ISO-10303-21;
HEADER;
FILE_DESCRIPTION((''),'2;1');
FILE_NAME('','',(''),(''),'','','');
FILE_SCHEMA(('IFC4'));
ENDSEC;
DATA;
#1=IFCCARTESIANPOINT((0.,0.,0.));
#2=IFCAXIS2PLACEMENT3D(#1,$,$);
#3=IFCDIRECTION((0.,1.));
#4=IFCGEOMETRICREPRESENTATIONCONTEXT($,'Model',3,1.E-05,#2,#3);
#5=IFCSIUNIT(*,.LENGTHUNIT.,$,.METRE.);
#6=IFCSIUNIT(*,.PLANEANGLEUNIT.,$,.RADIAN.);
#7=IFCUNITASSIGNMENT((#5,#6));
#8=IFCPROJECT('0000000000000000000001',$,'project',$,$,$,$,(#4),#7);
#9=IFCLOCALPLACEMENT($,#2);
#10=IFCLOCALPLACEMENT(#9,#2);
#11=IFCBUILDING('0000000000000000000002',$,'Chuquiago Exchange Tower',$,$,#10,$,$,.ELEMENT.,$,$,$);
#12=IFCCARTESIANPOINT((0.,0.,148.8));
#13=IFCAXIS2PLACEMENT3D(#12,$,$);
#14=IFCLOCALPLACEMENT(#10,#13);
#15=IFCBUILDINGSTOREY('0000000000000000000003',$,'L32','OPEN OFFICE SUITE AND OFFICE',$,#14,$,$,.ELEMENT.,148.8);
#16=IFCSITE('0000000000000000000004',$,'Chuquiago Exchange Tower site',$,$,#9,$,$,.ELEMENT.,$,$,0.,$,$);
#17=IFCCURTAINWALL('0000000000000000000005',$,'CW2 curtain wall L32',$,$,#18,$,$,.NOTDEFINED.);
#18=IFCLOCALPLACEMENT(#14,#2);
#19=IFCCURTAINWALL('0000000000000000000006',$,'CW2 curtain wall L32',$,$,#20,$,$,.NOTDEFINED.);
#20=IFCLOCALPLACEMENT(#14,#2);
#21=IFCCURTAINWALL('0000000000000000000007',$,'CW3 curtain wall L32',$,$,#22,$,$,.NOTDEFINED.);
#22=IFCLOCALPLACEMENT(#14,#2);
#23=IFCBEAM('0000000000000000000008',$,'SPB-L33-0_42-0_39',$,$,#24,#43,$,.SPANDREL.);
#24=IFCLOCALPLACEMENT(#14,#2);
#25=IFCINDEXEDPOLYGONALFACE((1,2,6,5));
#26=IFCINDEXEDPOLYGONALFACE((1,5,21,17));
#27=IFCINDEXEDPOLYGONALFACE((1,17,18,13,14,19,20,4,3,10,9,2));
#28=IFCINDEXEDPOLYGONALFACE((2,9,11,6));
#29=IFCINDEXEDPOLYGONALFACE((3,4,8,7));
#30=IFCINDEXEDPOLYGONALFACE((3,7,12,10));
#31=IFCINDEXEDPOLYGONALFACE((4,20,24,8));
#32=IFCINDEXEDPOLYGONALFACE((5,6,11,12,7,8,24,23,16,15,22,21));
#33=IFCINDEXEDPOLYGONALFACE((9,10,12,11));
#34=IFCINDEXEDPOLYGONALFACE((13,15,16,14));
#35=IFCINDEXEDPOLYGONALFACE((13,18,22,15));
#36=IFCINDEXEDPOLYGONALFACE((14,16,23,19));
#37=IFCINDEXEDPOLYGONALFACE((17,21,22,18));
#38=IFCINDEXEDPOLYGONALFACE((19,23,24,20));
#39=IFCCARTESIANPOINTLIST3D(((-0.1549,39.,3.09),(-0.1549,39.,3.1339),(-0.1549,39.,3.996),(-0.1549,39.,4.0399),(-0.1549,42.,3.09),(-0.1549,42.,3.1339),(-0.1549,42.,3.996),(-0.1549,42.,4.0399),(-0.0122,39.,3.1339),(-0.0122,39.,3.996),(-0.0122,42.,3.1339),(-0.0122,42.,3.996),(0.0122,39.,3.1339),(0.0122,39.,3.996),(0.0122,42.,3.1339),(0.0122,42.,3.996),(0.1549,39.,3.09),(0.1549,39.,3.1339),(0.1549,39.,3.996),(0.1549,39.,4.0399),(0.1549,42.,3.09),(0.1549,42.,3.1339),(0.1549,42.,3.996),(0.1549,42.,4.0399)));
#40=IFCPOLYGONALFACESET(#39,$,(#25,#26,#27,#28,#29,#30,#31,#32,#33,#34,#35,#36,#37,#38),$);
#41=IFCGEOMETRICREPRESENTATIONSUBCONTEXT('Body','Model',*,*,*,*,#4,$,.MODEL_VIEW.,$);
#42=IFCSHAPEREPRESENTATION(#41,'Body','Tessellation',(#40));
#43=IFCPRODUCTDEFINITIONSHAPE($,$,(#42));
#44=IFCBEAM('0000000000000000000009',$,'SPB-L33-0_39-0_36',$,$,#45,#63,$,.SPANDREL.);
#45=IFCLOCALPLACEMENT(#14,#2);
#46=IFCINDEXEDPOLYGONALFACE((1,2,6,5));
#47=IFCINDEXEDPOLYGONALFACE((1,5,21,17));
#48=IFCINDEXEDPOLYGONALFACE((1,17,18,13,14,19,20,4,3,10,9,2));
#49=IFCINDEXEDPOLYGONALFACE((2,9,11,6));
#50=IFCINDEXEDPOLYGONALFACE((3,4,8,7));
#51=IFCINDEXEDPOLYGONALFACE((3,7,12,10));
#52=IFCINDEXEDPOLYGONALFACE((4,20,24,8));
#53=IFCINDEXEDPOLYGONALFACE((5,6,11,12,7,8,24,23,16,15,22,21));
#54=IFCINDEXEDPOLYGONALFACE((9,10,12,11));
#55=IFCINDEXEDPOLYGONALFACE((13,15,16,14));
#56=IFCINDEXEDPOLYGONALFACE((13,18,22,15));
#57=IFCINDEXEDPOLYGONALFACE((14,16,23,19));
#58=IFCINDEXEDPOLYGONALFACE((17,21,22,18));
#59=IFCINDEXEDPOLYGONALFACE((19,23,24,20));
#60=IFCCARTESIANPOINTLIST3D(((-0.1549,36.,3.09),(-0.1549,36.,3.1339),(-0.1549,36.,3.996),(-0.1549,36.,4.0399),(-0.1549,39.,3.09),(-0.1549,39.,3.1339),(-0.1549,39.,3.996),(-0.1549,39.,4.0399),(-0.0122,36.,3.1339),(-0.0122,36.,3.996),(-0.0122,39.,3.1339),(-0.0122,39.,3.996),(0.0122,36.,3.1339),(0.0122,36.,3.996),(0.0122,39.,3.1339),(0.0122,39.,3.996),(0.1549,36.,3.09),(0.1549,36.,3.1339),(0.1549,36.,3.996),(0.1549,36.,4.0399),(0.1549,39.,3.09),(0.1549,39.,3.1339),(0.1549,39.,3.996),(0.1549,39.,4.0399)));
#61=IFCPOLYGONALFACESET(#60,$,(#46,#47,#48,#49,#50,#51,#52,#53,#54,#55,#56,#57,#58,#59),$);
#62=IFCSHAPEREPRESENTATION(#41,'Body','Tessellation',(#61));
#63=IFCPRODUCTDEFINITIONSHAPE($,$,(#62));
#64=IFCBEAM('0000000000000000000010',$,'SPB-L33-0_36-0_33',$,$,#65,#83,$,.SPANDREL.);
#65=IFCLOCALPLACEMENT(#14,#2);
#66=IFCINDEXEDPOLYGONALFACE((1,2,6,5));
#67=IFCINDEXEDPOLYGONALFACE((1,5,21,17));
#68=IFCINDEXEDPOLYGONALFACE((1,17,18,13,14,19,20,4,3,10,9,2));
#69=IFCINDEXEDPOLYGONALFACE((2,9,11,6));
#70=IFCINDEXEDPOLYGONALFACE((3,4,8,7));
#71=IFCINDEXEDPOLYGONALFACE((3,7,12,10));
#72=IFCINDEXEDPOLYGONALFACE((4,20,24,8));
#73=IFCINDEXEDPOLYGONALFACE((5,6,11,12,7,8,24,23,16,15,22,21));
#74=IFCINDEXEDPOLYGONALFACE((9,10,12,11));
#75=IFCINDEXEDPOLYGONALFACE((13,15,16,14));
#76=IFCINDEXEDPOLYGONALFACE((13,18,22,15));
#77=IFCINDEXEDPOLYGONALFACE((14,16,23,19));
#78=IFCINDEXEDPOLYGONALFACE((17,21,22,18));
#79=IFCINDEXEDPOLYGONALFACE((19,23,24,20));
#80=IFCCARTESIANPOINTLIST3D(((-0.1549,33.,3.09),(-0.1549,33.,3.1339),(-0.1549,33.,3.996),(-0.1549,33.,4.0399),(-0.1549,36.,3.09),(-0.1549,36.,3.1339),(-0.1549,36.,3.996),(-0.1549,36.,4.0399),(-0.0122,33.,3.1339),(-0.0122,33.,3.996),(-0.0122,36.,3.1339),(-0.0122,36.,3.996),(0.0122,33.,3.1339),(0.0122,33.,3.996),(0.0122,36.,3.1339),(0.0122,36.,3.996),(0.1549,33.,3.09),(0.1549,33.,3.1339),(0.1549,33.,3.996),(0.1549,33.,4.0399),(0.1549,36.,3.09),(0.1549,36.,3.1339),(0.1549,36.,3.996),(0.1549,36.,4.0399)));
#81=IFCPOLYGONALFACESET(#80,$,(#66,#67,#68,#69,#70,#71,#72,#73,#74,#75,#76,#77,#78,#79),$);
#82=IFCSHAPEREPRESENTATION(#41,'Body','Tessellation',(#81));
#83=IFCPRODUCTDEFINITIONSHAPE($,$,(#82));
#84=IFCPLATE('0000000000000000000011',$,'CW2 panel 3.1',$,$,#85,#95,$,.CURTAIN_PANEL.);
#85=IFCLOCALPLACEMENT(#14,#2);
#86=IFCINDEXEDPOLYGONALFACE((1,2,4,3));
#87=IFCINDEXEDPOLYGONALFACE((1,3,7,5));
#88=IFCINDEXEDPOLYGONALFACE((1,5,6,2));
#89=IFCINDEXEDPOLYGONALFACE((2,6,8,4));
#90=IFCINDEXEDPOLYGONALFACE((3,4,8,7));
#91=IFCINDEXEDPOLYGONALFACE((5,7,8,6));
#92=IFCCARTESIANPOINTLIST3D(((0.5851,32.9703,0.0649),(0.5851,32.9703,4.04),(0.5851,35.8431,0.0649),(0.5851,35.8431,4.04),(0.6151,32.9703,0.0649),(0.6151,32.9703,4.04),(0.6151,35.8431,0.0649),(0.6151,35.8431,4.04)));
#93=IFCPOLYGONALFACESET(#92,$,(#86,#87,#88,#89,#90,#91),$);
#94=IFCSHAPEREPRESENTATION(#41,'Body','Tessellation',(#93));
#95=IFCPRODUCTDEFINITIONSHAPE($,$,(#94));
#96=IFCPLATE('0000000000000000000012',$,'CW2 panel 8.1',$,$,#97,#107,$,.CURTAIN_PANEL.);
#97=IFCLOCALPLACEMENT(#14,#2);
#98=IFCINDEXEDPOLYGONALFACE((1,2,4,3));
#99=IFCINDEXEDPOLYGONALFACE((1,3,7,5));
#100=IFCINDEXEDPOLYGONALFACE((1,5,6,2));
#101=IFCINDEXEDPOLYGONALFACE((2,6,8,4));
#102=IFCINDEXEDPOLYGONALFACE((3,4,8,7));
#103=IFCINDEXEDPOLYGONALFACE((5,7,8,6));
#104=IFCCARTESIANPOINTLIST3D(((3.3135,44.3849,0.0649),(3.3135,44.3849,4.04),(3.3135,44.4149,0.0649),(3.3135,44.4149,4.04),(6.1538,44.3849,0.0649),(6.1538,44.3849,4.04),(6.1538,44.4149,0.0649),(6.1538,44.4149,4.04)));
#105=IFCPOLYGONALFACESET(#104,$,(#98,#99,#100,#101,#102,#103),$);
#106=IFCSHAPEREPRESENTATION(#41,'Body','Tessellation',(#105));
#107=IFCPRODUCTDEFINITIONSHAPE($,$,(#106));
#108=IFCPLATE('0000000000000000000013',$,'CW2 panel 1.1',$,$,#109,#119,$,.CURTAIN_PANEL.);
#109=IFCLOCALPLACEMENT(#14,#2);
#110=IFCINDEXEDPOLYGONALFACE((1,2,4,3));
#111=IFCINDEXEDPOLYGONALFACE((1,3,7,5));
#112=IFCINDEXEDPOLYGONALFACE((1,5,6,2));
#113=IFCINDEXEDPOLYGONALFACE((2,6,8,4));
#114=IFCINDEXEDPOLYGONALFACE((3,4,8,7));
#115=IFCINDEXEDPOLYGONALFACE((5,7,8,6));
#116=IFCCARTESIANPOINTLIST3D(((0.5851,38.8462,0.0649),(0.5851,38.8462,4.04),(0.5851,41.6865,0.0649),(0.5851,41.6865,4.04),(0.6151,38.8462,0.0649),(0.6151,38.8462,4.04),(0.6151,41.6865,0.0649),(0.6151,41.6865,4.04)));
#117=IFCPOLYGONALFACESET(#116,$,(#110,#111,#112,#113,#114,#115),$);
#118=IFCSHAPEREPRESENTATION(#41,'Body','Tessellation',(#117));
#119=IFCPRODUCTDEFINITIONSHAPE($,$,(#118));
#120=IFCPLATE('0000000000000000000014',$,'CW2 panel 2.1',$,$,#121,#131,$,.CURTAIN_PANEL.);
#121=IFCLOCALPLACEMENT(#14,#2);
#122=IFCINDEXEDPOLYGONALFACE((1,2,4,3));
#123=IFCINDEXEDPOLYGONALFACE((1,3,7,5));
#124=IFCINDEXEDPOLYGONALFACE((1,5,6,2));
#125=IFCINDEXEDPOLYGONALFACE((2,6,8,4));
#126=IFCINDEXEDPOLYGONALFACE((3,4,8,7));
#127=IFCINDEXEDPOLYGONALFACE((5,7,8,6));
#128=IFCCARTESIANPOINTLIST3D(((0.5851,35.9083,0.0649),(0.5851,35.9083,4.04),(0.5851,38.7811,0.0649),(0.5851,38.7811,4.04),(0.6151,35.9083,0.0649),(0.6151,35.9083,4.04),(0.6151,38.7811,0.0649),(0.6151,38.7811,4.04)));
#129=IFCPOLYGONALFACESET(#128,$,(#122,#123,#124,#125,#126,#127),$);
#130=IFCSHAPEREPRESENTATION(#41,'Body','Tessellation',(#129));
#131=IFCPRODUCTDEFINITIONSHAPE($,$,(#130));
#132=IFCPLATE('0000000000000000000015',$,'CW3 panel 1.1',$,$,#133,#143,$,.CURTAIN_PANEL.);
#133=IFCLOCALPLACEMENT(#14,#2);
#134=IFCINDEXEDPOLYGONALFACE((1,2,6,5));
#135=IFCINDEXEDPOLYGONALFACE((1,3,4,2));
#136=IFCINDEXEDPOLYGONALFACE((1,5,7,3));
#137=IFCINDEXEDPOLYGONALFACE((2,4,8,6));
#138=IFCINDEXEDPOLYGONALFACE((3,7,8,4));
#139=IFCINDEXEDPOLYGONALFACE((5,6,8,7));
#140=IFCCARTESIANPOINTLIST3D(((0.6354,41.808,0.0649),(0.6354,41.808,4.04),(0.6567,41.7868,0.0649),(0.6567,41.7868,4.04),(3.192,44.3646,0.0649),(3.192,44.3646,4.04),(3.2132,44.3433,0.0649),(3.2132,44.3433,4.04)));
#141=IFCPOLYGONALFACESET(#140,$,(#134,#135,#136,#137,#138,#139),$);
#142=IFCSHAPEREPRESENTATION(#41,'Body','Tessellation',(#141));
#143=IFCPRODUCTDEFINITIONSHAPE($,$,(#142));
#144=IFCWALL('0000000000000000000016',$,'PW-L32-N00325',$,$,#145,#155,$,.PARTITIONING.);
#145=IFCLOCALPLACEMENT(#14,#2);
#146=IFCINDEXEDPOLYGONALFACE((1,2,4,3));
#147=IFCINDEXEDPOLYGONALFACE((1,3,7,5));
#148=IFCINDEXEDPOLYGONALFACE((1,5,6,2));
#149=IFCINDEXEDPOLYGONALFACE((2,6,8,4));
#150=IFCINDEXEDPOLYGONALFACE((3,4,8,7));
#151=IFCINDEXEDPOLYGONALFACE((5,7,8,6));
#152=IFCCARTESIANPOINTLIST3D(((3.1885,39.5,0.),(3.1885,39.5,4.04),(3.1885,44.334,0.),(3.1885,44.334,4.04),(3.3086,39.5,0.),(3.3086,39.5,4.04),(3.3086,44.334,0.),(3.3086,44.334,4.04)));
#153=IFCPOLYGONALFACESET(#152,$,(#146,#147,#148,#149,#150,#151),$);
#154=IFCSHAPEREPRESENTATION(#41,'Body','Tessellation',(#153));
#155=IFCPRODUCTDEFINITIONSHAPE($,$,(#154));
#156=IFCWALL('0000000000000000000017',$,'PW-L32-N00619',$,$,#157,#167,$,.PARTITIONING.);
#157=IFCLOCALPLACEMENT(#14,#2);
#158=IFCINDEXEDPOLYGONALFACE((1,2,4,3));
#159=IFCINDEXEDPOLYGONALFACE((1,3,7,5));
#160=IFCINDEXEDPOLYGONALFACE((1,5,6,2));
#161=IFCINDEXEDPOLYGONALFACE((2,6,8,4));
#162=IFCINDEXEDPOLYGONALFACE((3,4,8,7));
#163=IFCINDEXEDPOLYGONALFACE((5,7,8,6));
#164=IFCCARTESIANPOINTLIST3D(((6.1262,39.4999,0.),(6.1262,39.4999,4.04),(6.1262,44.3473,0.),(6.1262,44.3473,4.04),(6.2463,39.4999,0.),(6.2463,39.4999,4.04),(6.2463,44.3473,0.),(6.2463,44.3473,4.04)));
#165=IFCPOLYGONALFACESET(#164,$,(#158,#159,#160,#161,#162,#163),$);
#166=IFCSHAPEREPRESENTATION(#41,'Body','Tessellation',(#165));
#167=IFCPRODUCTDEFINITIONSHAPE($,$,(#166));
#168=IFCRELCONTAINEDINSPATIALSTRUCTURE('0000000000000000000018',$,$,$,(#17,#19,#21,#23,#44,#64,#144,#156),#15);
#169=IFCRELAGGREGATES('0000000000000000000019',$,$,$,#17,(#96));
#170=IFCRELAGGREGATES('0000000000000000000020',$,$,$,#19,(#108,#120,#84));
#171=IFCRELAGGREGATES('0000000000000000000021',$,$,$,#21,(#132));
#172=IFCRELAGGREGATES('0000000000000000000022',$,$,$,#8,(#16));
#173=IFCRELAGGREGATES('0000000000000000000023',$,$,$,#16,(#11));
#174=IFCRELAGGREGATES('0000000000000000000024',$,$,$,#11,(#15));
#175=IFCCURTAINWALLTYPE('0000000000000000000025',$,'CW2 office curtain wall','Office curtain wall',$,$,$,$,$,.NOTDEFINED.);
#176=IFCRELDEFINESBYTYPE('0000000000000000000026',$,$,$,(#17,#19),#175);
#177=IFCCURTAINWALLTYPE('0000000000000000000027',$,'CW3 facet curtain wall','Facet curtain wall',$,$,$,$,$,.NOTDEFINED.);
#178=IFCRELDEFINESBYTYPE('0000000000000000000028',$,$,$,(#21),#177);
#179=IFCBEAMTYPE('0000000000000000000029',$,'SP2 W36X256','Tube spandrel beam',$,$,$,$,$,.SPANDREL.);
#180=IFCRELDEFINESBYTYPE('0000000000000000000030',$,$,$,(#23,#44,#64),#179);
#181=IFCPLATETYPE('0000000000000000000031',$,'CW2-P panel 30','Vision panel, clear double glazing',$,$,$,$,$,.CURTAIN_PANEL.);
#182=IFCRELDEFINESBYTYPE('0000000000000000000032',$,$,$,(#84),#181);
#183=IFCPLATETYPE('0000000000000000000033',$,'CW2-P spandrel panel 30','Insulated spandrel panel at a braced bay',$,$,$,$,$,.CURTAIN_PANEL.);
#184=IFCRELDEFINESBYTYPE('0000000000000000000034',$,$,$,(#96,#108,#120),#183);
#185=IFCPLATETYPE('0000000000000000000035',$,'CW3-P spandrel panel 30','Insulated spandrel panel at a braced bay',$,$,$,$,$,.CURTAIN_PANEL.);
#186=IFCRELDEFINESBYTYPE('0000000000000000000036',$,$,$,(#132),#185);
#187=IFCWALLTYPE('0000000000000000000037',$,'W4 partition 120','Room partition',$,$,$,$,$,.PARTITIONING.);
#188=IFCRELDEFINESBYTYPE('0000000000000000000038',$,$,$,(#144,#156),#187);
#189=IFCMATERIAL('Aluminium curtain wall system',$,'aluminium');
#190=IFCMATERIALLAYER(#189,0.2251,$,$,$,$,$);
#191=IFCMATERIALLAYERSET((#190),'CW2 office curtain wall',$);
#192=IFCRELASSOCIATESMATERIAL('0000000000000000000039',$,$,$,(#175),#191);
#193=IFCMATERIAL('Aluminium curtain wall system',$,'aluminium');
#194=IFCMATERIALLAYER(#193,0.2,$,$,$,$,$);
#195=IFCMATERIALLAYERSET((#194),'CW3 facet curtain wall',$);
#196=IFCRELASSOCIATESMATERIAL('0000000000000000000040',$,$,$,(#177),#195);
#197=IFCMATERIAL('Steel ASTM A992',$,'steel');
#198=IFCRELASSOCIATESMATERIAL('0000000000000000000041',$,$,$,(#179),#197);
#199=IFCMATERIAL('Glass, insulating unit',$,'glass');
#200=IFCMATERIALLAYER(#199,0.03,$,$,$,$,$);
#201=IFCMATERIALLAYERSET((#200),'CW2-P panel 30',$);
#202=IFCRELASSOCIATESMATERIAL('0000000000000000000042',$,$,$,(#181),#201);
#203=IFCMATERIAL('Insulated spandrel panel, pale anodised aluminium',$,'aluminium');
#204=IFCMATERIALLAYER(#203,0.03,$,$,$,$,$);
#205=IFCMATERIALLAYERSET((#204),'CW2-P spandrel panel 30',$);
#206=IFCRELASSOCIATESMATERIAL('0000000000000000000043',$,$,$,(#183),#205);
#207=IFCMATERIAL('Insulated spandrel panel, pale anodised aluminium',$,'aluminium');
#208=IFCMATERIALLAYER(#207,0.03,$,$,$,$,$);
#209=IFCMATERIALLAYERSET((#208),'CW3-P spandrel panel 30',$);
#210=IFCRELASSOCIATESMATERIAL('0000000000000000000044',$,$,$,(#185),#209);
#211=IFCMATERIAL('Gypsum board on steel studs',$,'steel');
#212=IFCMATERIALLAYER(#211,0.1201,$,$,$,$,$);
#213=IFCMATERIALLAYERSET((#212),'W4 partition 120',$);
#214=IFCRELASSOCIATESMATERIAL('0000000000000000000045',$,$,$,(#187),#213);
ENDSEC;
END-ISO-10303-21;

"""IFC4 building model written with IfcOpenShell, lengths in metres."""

from ifc_helpers import new_model, si_unit, direction, frame, frame_2d, origin, origin_2d, place, context, subcontext, project, spatial, rectangle, i_section, extrude, material, layer, layer_set, material_profile, profile_set, type_object, element, aggregate, save


model = new_model("IFC4")

# Units and contexts
model_context = context("Model", 3, precision=1e-05, world=origin(), true_north=direction((0.0, 1.0)))
body_context = subcontext(model_context, "Body", "Model", "MODEL_VIEW")
ifc_project = project(units=[si_unit("LENGTHUNIT", "METRE"), si_unit("PLANEANGLEUNIT", "RADIAN")], contexts=[model_context])

# Site, building, storey
site_placement = place(None, origin())
site = spatial("IfcSite", under=ifc_project, at=site_placement, Name="Chuquiago Exchange Tower site", CompositionType="ELEMENT", RefElevation=0.0)
building_placement = place(site_placement, origin())
building = spatial("IfcBuilding", under=site, at=building_placement, Name="Chuquiago Exchange Tower", CompositionType="ELEMENT")
storey_placement = place(building_placement, frame((0.0, 0.0, 148.8)))
storey = spatial("IfcBuildingStorey", under=building, at=storey_placement, Name="L32", Description="OPEN OFFICE SUITE AND OFFICE", CompositionType="ELEMENT", Elevation=148.8)

# Curtain walls
ifc_material_1 = material(Name="Aluminium curtain wall system", Category="aluminium")
ifc_layer_1 = layer(ifc_material_1, 0.2251)
ifc_layer_set_1 = layer_set([ifc_layer_1], Name="CW2 office curtain wall")
curtain_wall_type_1 = type_object("IfcCurtainWallType", Name="CW2 office curtain wall", Description="Office curtain wall", PredefinedType="NOTDEFINED", material=ifc_layer_set_1)
curtain_wall_1_placement = place(storey_placement, origin())
curtain_wall_1 = element("IfcCurtainWall", 1, at=curtain_wall_1_placement, inside=storey, type_object=curtain_wall_type_1, Name="CW2 curtain wall L32", PredefinedType="NOTDEFINED")
curtain_wall_2_placement = place(storey_placement, origin())
curtain_wall_2 = element("IfcCurtainWall", 2, at=curtain_wall_2_placement, inside=storey, type_object=curtain_wall_type_1, Name="CW2 curtain wall L32", PredefinedType="NOTDEFINED")

# Curtain wall
ifc_material_2 = material(Name="Aluminium curtain wall system", Category="aluminium")
ifc_layer_2 = layer(ifc_material_2, 0.2)
ifc_layer_set_2 = layer_set([ifc_layer_2], Name="CW3 facet curtain wall")
curtain_wall_type_2 = type_object("IfcCurtainWallType", Name="CW3 facet curtain wall", Description="Facet curtain wall", PredefinedType="NOTDEFINED", material=ifc_layer_set_2)
curtain_wall_3_placement = place(storey_placement, origin())
curtain_wall_3 = element("IfcCurtainWall", 3, at=curtain_wall_3_placement, inside=storey, type_object=curtain_wall_type_2, Name="CW3 curtain wall L32", PredefinedType="NOTDEFINED")

# Beams
ifc_material_3 = material(Name="Steel ASTM A992", Category="steel")
ifc_material_profile_1 = material_profile(ifc_material_3, i_section(OverallWidth=0.3098, OverallDepth=0.95, WebThickness=0.0244, FlangeThickness=0.0439, at=origin_2d()), Name="W36X256")
ifc_profile_set_1 = profile_set([ifc_material_profile_1], Name="Steel ASTM A992")
beam_type = type_object("IfcBeamType", Name="SP2 W36X256", Description="Tube spandrel beam", PredefinedType="SPANDREL", material=ifc_profile_set_1)
for number, where, z_axis, x_axis, name in (
    (4, (0.0, 42.0, 3.5649), (0.0, -1.0, 0.0), (1.0, 0.0, 0.0), "SPB-L33-0_42-0_39"),
    (5, (0.0, 39.0, 3.5649), (0.0, -1.0, 0.0), (1.0, 0.0, 0.0), "SPB-L33-0_39-0_36"),
    (6, (0.0, 36.0, 3.5649), (0.0, -1.0, 0.0), (1.0, 0.0, 0.0), "SPB-L33-0_36-0_33"),
):
    element("IfcBeam", number, at=place(storey_placement, frame(where, z_axis=z_axis, x_axis=x_axis)), inside=storey, type_object=beam_type, Name=name, PredefinedType="SPANDREL", context=body_context, shape_type="SweptSolid", body=[
        extrude(i_section(OverallWidth=0.3098, OverallDepth=0.95, WebThickness=0.0244, FlangeThickness=0.0439, at=origin_2d()), origin(), (0.0, 0.0, 1.0), 3.0),
    ])

# Plates
ifc_material_4 = material(Name="Glass, insulating unit", Category="glass")
ifc_layer_3 = layer(ifc_material_4, 0.03)
ifc_layer_set_3 = layer_set([ifc_layer_3], Name="CW2-P panel 30")
plate_type_1 = type_object("IfcPlateType", Name="CW2-P panel 30", Description="Vision panel, clear double glazing", PredefinedType="CURTAIN_PANEL", material=ifc_layer_set_3)
plate_1_placement = place(storey_placement, frame((0.6001, 34.4067, 0.0649), z_axis=(0.0, 0.0, 1.0), x_axis=(0.0, -1.0, 0.0)))
plate_1 = element("IfcPlate", 7, at=plate_1_placement, type_object=plate_type_1, Name="CW2 panel 3.1", PredefinedType="CURTAIN_PANEL", context=body_context, shape_type="SweptSolid", body=[
    extrude(rectangle(XDim=2.8728, YDim=0.03, at=origin_2d()), origin(), (0.0, 0.0, 1.0), 3.9751),
])
ifc_material_5 = material(Name="Insulated spandrel panel, pale anodised aluminium", Category="aluminium")
ifc_layer_4 = layer(ifc_material_5, 0.03)
ifc_layer_set_4 = layer_set([ifc_layer_4], Name="CW2-P spandrel panel 30")
plate_type_2 = type_object("IfcPlateType", Name="CW2-P spandrel panel 30", Description="Insulated spandrel panel at a braced bay", PredefinedType="CURTAIN_PANEL", material=ifc_layer_set_4)
plate_2_placement = place(storey_placement, frame((4.7336, 44.3999, 0.0649), z_axis=(0.0, 0.0, 1.0), x_axis=(-1.0, 0.0, 0.0)))
plate_2 = element("IfcPlate", 8, at=plate_2_placement, type_object=plate_type_2, Name="CW2 panel 8.1", PredefinedType="CURTAIN_PANEL", context=body_context, shape_type="SweptSolid", body=[
    extrude(rectangle(XDim=2.8403, YDim=0.03, at=origin_2d()), origin(), (0.0, 0.0, 1.0), 3.9751),
])
aggregate(curtain_wall_1, [plate_2])
plate_3_placement = place(storey_placement, frame((0.6001, 40.2664, 0.0649), z_axis=(0.0, 0.0, 1.0), x_axis=(0.0, -1.0, 0.0)))
plate_3 = element("IfcPlate", 9, at=plate_3_placement, type_object=plate_type_2, Name="CW2 panel 1.1", PredefinedType="CURTAIN_PANEL", context=body_context, shape_type="SweptSolid", body=[
    extrude(rectangle(XDim=2.8403, YDim=0.03, at=origin_2d()), origin(), (0.0, 0.0, 1.0), 3.9751),
])
plate_4_placement = place(storey_placement, frame((0.6001, 37.3447, 0.0649), z_axis=(0.0, 0.0, 1.0), x_axis=(0.0, -1.0, 0.0)))
plate_4 = element("IfcPlate", 10, at=plate_4_placement, type_object=plate_type_2, Name="CW2 panel 2.1", PredefinedType="CURTAIN_PANEL", context=body_context, shape_type="SweptSolid", body=[
    extrude(rectangle(XDim=2.8728, YDim=0.03, at=origin_2d()), origin(), (0.0, 0.0, 1.0), 3.9751),
])
aggregate(curtain_wall_2, [plate_3, plate_4, plate_1])
ifc_material_6 = material(Name="Insulated spandrel panel, pale anodised aluminium", Category="aluminium")
ifc_layer_5 = layer(ifc_material_6, 0.03)
ifc_layer_set_5 = layer_set([ifc_layer_5], Name="CW3-P spandrel panel 30")
plate_type_3 = type_object("IfcPlateType", Name="CW3-P spandrel panel 30", Description="Insulated spandrel panel at a braced bay", PredefinedType="CURTAIN_PANEL", material=ifc_layer_set_5)
plate_5_placement = place(storey_placement, frame((1.9243, 43.0757, 0.0649), z_axis=(0.0, 0.0, 1.0), x_axis=(-0.707107, -0.707107, 0.0)))
plate_5 = element("IfcPlate", 11, at=plate_5_placement, type_object=plate_type_3, Name="CW3 panel 1.1", PredefinedType="CURTAIN_PANEL", context=body_context, shape_type="SweptSolid", body=[
    extrude(rectangle(XDim=3.6155, YDim=0.03, at=origin_2d()), origin(), (0.0, 0.0, 1.0), 3.9751),
])
aggregate(curtain_wall_3, [plate_5])

# Walls
ifc_material_7 = material(Name="Gypsum board on steel studs", Category="steel")
ifc_layer_6 = layer(ifc_material_7, 0.1201)
ifc_layer_set_6 = layer_set([ifc_layer_6], Name="W4 partition 120")
wall_type = type_object("IfcWallType", Name="W4 partition 120", Description="Room partition", PredefinedType="PARTITIONING", material=ifc_layer_set_6)
wall_1_placement = place(storey_placement, frame((3.2485, 44.334, 0.0), z_axis=(0.0, 0.0, 1.0), x_axis=(0.0, -1.0, 0.0)))
element("IfcWall", 12, at=wall_1_placement, inside=storey, type_object=wall_type, Name="PW-L32-N00325", PredefinedType="PARTITIONING", context=body_context, shape_type="SweptSolid", body=[
    extrude(rectangle(XDim=4.834, YDim=0.1201, at=frame_2d((2.417, 0.0))), origin(), (0.0, 0.0, 1.0), 4.04),
])
wall_2_placement = place(storey_placement, frame((6.1863, 44.3474, 0.0), z_axis=(0.0, 0.0, 1.0), x_axis=(0.0, -1.0, 0.0)))
element("IfcWall", 13, at=wall_2_placement, inside=storey, type_object=wall_type, Name="PW-L32-N00619", PredefinedType="PARTITIONING", context=body_context, shape_type="SweptSolid", body=[
    extrude(rectangle(XDim=4.8474, YDim=0.1201, at=frame_2d((2.4238, 0.0))), origin(), (0.0, 0.0, 1.0), 4.04),
])

save(model, "model.ifc")
